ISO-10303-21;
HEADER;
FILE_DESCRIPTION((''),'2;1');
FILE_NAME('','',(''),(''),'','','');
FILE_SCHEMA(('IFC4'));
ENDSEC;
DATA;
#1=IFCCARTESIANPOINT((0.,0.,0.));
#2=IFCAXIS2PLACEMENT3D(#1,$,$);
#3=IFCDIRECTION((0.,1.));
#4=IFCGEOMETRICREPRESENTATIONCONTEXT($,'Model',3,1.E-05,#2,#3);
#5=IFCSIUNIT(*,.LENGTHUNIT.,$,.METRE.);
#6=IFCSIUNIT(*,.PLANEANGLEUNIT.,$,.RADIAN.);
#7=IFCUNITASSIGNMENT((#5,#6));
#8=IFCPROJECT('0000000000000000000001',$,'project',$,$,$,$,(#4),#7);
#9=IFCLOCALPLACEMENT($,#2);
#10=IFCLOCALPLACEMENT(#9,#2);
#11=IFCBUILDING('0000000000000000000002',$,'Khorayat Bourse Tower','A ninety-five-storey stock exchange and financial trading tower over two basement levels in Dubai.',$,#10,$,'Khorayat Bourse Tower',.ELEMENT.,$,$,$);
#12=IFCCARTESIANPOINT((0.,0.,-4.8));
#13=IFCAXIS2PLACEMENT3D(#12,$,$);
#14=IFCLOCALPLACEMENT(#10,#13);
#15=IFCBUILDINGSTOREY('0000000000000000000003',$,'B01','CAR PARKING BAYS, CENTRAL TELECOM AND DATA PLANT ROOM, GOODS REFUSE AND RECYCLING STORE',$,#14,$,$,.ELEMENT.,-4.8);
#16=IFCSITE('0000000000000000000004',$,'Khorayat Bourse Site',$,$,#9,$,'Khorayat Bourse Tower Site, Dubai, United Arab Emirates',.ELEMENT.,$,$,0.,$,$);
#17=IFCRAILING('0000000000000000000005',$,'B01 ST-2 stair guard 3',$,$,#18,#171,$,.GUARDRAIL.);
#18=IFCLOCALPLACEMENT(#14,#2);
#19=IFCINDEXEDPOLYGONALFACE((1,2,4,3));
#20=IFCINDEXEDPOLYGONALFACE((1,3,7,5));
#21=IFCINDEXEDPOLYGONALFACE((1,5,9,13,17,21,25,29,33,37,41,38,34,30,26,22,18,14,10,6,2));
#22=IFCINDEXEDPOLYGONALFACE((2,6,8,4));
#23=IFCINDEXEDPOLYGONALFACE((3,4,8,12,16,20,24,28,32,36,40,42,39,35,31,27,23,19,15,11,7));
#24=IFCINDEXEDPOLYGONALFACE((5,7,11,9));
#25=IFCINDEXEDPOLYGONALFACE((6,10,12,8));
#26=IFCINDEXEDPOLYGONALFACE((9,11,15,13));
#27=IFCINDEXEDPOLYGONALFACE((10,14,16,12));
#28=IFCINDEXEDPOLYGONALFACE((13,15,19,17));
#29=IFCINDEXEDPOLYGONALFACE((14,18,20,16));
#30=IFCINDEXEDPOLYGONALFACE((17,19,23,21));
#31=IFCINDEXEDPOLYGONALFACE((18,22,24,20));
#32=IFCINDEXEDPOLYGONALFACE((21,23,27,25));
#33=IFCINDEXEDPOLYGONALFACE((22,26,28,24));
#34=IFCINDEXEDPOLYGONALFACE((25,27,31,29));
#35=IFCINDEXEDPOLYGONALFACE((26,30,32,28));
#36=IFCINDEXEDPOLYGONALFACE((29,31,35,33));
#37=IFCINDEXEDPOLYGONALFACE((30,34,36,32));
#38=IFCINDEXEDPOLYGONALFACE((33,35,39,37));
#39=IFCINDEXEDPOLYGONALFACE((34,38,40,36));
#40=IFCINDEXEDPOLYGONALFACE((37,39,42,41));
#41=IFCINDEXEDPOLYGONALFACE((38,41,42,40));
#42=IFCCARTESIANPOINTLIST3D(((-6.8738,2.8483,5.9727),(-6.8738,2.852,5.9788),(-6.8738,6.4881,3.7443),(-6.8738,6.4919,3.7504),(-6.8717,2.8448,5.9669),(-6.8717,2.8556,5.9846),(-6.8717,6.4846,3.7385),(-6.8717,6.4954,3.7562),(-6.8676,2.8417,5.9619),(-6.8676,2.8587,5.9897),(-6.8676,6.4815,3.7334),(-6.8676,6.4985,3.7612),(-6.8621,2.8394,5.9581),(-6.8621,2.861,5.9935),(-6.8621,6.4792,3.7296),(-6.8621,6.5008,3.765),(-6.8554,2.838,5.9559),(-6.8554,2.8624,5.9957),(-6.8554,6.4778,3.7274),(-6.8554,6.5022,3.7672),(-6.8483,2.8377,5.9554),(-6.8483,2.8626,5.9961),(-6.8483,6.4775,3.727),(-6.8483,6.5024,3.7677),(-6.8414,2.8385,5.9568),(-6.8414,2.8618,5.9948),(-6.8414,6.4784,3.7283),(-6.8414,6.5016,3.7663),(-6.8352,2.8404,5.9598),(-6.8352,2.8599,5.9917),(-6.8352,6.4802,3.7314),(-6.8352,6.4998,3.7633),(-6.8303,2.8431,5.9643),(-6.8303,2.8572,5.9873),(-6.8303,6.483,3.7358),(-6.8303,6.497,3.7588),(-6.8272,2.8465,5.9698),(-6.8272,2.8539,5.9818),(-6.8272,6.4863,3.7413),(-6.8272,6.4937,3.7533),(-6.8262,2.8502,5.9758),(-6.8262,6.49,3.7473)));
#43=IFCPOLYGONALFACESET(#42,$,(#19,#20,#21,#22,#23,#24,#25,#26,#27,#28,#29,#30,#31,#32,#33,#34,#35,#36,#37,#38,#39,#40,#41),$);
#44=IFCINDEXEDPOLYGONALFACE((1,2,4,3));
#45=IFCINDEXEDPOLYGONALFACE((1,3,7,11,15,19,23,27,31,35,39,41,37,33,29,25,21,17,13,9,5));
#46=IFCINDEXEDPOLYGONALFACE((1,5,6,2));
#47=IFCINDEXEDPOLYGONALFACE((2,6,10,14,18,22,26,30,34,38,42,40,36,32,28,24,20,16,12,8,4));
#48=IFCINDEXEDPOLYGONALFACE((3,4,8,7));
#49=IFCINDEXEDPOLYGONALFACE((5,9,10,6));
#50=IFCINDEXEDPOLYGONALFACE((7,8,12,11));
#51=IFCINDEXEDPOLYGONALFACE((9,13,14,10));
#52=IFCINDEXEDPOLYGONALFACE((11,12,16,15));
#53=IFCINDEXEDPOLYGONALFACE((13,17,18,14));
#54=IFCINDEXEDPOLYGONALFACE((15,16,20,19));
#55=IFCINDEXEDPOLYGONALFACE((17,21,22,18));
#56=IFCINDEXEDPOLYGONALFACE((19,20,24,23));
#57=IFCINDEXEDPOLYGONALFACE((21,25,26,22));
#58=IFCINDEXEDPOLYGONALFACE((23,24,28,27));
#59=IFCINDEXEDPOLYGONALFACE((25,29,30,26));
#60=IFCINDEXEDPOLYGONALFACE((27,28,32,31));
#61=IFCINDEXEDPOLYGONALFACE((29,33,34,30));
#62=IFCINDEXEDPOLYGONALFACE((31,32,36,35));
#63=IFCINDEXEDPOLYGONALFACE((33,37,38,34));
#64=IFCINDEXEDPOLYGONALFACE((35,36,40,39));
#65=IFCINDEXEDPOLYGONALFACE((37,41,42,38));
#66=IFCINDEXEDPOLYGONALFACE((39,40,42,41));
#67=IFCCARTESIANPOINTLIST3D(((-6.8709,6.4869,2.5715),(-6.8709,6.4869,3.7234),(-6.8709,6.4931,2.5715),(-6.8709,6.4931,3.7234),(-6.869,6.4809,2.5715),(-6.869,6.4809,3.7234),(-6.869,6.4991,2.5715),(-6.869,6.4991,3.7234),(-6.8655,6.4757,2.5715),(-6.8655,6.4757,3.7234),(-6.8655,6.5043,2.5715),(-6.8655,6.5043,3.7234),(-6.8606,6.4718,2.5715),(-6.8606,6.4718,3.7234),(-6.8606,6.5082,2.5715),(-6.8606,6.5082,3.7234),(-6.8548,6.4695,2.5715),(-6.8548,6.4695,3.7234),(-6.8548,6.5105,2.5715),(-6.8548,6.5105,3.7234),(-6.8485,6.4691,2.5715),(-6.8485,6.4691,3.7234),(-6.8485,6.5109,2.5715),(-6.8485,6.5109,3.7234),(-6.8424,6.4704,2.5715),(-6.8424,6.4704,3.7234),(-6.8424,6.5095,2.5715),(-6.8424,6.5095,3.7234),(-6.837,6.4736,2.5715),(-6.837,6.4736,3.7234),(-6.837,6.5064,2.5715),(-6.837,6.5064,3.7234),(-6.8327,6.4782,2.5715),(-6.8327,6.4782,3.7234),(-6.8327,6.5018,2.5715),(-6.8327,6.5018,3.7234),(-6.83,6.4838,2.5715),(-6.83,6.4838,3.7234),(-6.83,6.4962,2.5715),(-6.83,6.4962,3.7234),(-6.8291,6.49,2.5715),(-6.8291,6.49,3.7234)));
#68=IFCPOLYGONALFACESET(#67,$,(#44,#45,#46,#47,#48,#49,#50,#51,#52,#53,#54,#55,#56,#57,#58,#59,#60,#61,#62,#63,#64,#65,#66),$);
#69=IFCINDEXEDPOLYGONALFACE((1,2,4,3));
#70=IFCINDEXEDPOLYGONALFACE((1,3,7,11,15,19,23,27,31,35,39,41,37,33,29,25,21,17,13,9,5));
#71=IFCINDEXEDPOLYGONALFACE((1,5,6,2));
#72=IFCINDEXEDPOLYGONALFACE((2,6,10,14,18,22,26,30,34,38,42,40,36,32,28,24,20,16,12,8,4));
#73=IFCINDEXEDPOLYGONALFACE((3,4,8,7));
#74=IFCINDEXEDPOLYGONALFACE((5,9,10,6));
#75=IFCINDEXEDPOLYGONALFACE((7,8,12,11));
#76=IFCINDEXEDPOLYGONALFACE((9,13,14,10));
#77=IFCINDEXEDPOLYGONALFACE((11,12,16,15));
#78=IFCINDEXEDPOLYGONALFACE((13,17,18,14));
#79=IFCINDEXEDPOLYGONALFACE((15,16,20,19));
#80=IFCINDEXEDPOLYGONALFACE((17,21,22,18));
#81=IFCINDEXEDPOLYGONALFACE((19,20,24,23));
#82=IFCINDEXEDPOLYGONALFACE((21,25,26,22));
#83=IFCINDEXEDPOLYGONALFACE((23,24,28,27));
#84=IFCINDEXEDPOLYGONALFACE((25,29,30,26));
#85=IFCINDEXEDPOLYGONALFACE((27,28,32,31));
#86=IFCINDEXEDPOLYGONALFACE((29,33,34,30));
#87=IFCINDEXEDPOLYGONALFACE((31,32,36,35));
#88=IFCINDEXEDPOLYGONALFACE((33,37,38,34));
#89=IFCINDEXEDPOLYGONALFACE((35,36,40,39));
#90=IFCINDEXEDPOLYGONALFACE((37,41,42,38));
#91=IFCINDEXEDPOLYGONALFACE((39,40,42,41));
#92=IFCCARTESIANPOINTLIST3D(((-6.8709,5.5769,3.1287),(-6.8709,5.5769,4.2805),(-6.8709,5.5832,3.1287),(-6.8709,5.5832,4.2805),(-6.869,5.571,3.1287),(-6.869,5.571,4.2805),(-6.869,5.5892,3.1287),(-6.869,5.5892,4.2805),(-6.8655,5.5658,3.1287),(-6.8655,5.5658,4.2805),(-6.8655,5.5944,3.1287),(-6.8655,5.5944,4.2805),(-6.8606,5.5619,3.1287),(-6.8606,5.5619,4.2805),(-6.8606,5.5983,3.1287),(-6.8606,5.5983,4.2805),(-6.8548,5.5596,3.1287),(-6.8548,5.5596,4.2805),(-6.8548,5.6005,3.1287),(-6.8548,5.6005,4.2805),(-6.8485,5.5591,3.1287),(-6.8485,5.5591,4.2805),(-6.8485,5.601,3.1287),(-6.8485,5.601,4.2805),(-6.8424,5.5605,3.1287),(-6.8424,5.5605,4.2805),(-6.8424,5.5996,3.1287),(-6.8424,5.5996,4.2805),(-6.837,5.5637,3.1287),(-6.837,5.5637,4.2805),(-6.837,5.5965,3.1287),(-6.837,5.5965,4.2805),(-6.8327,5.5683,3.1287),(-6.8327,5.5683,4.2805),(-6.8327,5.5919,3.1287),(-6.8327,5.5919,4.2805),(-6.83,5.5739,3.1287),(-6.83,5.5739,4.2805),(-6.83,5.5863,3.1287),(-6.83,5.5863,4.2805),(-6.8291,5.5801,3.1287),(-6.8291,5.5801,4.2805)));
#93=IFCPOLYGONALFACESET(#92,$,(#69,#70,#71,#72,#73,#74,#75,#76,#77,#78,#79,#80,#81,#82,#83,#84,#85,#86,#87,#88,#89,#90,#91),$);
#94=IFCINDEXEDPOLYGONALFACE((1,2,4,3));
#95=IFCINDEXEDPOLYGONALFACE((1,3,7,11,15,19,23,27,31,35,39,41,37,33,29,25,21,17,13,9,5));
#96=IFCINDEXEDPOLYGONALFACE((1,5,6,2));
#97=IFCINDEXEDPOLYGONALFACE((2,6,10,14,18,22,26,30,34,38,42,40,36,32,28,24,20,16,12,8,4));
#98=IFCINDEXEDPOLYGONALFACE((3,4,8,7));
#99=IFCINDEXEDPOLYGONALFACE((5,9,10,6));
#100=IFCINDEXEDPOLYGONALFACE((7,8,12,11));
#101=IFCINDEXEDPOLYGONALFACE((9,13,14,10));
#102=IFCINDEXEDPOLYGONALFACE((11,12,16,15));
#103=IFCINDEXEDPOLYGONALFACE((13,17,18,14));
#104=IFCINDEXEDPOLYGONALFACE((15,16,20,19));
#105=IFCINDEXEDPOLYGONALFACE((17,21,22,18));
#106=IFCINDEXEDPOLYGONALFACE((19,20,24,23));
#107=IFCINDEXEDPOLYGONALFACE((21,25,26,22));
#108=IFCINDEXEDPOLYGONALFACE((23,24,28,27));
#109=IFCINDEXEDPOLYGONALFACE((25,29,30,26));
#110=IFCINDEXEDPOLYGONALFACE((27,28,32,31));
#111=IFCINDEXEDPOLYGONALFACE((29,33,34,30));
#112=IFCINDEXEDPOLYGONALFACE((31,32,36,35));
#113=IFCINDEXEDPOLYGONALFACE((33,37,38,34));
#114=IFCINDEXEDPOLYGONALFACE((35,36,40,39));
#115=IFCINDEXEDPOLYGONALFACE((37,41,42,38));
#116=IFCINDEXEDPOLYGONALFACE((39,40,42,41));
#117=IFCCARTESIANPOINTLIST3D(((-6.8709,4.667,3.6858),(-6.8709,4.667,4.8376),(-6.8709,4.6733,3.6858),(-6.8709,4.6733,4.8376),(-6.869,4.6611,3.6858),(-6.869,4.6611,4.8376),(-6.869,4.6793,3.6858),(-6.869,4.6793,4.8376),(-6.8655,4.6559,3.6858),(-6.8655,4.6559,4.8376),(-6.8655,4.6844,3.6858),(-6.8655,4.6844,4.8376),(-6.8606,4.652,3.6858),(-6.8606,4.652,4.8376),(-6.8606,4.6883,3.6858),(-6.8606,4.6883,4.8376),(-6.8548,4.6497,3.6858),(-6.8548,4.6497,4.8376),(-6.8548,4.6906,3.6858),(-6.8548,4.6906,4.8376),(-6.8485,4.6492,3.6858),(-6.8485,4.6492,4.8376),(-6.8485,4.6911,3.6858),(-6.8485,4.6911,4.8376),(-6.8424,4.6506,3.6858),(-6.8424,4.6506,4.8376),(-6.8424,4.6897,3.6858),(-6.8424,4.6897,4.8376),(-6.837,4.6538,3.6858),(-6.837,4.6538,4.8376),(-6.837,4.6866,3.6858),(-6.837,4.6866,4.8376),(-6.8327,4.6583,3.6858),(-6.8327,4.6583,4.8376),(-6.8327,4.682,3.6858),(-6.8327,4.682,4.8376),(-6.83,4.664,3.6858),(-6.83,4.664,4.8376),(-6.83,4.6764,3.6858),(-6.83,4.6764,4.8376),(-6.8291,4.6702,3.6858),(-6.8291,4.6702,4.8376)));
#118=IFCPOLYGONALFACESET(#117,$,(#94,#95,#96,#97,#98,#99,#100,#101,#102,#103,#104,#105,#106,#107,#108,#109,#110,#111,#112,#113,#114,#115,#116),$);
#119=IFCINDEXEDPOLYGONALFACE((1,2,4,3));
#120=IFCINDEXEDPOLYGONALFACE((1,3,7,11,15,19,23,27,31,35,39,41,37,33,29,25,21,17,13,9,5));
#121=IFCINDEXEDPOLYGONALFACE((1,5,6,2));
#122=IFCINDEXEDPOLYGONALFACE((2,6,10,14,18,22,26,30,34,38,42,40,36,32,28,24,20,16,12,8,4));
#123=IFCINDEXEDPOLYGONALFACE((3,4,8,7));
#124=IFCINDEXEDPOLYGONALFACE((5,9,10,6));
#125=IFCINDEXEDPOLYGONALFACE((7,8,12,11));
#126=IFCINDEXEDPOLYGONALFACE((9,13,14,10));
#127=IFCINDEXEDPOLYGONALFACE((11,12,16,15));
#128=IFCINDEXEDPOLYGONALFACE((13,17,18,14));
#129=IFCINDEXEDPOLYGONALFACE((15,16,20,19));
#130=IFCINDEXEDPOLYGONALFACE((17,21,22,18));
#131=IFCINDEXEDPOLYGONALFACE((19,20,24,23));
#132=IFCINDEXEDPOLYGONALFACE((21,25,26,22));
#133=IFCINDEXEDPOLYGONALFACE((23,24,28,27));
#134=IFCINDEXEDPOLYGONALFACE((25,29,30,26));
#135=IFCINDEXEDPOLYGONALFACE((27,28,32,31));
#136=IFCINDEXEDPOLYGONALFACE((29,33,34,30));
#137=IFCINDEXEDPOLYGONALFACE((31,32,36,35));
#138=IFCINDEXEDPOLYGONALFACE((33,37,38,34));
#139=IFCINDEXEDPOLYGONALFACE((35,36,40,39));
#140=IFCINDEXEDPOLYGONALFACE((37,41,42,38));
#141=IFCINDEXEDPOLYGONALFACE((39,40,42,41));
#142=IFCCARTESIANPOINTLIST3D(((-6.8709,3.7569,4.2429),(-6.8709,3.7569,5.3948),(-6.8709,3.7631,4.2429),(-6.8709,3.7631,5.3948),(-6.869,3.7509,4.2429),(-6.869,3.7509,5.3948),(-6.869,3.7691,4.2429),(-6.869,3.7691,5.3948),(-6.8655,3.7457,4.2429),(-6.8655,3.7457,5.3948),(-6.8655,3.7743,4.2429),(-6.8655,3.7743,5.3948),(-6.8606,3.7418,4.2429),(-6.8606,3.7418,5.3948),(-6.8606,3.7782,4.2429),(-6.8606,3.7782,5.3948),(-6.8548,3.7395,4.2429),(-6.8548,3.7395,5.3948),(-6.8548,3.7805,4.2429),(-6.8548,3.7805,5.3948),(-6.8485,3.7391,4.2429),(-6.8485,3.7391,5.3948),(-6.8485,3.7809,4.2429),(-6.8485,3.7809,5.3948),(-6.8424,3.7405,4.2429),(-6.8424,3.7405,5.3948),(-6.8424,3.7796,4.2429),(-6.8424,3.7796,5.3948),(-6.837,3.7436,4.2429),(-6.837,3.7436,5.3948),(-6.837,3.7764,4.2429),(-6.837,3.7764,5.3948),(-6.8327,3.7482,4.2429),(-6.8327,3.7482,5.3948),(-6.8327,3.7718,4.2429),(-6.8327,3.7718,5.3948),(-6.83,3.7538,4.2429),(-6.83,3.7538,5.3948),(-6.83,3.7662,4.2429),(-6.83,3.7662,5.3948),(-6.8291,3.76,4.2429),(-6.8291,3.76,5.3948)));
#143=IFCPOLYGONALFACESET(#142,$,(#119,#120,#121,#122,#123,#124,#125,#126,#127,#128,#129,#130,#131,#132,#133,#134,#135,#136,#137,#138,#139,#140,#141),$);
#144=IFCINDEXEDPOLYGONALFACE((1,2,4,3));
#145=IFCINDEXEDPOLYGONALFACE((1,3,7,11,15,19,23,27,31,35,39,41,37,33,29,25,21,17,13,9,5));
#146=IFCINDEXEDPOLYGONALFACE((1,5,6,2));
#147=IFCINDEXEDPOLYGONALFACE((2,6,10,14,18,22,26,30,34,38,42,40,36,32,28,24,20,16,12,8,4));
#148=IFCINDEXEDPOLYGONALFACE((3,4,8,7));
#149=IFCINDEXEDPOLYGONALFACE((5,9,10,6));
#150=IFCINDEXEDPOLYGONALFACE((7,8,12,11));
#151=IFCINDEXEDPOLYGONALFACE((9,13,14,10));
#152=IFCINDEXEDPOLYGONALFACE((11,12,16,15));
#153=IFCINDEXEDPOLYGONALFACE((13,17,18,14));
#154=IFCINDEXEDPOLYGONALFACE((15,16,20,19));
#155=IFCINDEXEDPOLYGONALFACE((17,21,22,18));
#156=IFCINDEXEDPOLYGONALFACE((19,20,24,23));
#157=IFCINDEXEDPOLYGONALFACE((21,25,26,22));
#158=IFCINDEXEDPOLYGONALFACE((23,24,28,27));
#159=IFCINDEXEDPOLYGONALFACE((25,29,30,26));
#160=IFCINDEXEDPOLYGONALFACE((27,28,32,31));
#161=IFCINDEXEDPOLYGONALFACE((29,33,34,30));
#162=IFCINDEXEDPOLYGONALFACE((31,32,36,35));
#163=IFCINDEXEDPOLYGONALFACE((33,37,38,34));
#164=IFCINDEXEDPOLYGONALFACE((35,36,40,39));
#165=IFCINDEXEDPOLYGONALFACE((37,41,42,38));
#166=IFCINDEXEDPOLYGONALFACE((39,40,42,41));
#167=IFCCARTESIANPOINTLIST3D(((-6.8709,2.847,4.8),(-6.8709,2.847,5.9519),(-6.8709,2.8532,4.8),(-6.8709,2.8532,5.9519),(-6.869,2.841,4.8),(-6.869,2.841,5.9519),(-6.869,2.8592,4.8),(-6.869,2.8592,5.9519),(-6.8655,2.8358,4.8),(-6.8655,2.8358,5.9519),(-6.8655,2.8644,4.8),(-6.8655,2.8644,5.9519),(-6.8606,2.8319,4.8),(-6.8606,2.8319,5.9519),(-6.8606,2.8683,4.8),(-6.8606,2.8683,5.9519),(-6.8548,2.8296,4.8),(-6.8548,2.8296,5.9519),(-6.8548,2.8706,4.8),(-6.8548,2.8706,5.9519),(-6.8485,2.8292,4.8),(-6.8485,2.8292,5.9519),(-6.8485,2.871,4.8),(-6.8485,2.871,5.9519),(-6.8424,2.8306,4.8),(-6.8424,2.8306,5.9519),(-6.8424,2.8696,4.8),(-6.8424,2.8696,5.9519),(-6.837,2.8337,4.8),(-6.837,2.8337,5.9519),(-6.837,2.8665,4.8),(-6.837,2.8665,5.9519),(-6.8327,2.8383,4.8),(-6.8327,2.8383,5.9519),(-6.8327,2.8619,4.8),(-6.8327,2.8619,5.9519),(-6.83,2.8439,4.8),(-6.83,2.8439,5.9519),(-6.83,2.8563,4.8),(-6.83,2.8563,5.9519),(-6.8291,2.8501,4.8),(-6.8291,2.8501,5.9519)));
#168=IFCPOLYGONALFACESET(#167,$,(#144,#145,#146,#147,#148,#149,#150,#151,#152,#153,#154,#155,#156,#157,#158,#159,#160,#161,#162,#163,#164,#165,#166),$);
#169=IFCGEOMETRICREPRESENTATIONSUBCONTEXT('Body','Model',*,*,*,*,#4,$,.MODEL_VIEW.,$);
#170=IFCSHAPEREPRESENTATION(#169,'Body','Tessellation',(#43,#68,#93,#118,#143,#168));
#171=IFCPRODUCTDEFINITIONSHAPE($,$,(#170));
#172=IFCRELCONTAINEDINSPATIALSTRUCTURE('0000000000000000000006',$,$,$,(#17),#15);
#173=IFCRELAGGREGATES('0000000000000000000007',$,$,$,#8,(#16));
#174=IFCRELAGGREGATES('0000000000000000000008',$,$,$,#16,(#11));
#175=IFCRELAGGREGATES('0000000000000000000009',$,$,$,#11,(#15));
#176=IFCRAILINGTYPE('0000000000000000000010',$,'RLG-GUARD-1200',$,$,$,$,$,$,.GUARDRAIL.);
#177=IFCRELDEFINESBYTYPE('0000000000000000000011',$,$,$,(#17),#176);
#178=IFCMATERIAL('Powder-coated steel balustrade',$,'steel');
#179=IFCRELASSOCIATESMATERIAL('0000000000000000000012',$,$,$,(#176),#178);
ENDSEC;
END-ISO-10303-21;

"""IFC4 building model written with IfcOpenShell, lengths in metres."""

from ifc_helpers import new_model, si_unit, direction, frame, origin, origin_2d, place, context, subcontext, project, spatial, circle, extrude, source, transform, mapped, material, type_object, element, save


model = new_model("IFC4")

# Units and contexts
model_context = context("Model", 3, precision=1e-05, world=origin(), true_north=direction((0.0, 1.0)))
body_context = subcontext(model_context, "Body", "Model", "MODEL_VIEW")
ifc_project = project(units=[si_unit("LENGTHUNIT", "METRE"), si_unit("PLANEANGLEUNIT", "RADIAN")], contexts=[model_context])

# Site, building, storey
site_placement = place(None, origin())
site = spatial("IfcSite", under=ifc_project, at=site_placement, Name="Khorayat Bourse Site", LongName="Khorayat Bourse Tower Site, Dubai, United Arab Emirates", CompositionType="ELEMENT", RefElevation=0.0)
building_placement = place(site_placement, origin())
building = spatial("IfcBuilding", under=site, at=building_placement, Name="Khorayat Bourse Tower", Description="A ninety-five-storey stock exchange and financial trading tower over two basement levels in Dubai.", LongName="Khorayat Bourse Tower", CompositionType="ELEMENT")
storey_placement = place(building_placement, frame((0.0, 0.0, -4.8)))
storey = spatial("IfcBuildingStorey", under=building, at=storey_placement, Name="B01", Description="CAR PARKING BAYS, CENTRAL TELECOM AND DATA PLANT ROOM, GOODS REFUSE AND RECYCLING STORE", CompositionType="ELEMENT", Elevation=-4.8)

# Railing
ifc_material_1 = material(Name="Powder-coated steel balustrade", Category="steel")
railing_type_1 = type_object("IfcRailingType", Name="RLG-GUARD-1200", PredefinedType="GUARDRAIL", material=ifc_material_1)
shared_shape_1 = source(origin(), body_context, "Body", "SweptSolid", [
    extrude(circle(Radius=0.0239, at=origin_2d()), frame((0.0, 0.0, 1.1758), z_axis=(0.0, -0.85285, 0.522156), x_axis=(1.0, 0.0, 0.0)), (0.0, 0.0, 1.0), 4.2678),
    extrude(circle(Radius=0.021, at=origin_2d()), origin(), (0.0, 0.0, 1.0), 1.1519),
    extrude(circle(Radius=0.021, at=origin_2d()), frame((0.0, -0.9099, 0.5571)), (0.0, 0.0, 1.0), 1.1519),
    extrude(circle(Radius=0.021, at=origin_2d()), frame((0.0, -1.8198, 1.1143)), (0.0, 0.0, 1.0), 1.1519),
    extrude(circle(Radius=0.021, at=origin_2d()), frame((0.0, -2.73, 1.6714)), (0.0, 0.0, 1.0), 1.1519),
    extrude(circle(Radius=0.021, at=origin_2d()), frame((0.0, -3.6399, 2.2285)), (0.0, 0.0, 1.0), 1.1519),
])
for number, where, name in (
    (1, (-6.8501, 6.49, 2.5715), "B01 ST-2 stair guard 3"),
):
    element("IfcRailing", number, at=place(storey_placement, frame(where)), inside=storey, type_object=railing_type_1, Name=name, PredefinedType="GUARDRAIL", context=body_context, shape_type="MappedRepresentation", body=[
        mapped(shared_shape_1, transform((0.0, 0.0, 0.0), scale=1.0)),
    ])

save(model, "model.ifc")
